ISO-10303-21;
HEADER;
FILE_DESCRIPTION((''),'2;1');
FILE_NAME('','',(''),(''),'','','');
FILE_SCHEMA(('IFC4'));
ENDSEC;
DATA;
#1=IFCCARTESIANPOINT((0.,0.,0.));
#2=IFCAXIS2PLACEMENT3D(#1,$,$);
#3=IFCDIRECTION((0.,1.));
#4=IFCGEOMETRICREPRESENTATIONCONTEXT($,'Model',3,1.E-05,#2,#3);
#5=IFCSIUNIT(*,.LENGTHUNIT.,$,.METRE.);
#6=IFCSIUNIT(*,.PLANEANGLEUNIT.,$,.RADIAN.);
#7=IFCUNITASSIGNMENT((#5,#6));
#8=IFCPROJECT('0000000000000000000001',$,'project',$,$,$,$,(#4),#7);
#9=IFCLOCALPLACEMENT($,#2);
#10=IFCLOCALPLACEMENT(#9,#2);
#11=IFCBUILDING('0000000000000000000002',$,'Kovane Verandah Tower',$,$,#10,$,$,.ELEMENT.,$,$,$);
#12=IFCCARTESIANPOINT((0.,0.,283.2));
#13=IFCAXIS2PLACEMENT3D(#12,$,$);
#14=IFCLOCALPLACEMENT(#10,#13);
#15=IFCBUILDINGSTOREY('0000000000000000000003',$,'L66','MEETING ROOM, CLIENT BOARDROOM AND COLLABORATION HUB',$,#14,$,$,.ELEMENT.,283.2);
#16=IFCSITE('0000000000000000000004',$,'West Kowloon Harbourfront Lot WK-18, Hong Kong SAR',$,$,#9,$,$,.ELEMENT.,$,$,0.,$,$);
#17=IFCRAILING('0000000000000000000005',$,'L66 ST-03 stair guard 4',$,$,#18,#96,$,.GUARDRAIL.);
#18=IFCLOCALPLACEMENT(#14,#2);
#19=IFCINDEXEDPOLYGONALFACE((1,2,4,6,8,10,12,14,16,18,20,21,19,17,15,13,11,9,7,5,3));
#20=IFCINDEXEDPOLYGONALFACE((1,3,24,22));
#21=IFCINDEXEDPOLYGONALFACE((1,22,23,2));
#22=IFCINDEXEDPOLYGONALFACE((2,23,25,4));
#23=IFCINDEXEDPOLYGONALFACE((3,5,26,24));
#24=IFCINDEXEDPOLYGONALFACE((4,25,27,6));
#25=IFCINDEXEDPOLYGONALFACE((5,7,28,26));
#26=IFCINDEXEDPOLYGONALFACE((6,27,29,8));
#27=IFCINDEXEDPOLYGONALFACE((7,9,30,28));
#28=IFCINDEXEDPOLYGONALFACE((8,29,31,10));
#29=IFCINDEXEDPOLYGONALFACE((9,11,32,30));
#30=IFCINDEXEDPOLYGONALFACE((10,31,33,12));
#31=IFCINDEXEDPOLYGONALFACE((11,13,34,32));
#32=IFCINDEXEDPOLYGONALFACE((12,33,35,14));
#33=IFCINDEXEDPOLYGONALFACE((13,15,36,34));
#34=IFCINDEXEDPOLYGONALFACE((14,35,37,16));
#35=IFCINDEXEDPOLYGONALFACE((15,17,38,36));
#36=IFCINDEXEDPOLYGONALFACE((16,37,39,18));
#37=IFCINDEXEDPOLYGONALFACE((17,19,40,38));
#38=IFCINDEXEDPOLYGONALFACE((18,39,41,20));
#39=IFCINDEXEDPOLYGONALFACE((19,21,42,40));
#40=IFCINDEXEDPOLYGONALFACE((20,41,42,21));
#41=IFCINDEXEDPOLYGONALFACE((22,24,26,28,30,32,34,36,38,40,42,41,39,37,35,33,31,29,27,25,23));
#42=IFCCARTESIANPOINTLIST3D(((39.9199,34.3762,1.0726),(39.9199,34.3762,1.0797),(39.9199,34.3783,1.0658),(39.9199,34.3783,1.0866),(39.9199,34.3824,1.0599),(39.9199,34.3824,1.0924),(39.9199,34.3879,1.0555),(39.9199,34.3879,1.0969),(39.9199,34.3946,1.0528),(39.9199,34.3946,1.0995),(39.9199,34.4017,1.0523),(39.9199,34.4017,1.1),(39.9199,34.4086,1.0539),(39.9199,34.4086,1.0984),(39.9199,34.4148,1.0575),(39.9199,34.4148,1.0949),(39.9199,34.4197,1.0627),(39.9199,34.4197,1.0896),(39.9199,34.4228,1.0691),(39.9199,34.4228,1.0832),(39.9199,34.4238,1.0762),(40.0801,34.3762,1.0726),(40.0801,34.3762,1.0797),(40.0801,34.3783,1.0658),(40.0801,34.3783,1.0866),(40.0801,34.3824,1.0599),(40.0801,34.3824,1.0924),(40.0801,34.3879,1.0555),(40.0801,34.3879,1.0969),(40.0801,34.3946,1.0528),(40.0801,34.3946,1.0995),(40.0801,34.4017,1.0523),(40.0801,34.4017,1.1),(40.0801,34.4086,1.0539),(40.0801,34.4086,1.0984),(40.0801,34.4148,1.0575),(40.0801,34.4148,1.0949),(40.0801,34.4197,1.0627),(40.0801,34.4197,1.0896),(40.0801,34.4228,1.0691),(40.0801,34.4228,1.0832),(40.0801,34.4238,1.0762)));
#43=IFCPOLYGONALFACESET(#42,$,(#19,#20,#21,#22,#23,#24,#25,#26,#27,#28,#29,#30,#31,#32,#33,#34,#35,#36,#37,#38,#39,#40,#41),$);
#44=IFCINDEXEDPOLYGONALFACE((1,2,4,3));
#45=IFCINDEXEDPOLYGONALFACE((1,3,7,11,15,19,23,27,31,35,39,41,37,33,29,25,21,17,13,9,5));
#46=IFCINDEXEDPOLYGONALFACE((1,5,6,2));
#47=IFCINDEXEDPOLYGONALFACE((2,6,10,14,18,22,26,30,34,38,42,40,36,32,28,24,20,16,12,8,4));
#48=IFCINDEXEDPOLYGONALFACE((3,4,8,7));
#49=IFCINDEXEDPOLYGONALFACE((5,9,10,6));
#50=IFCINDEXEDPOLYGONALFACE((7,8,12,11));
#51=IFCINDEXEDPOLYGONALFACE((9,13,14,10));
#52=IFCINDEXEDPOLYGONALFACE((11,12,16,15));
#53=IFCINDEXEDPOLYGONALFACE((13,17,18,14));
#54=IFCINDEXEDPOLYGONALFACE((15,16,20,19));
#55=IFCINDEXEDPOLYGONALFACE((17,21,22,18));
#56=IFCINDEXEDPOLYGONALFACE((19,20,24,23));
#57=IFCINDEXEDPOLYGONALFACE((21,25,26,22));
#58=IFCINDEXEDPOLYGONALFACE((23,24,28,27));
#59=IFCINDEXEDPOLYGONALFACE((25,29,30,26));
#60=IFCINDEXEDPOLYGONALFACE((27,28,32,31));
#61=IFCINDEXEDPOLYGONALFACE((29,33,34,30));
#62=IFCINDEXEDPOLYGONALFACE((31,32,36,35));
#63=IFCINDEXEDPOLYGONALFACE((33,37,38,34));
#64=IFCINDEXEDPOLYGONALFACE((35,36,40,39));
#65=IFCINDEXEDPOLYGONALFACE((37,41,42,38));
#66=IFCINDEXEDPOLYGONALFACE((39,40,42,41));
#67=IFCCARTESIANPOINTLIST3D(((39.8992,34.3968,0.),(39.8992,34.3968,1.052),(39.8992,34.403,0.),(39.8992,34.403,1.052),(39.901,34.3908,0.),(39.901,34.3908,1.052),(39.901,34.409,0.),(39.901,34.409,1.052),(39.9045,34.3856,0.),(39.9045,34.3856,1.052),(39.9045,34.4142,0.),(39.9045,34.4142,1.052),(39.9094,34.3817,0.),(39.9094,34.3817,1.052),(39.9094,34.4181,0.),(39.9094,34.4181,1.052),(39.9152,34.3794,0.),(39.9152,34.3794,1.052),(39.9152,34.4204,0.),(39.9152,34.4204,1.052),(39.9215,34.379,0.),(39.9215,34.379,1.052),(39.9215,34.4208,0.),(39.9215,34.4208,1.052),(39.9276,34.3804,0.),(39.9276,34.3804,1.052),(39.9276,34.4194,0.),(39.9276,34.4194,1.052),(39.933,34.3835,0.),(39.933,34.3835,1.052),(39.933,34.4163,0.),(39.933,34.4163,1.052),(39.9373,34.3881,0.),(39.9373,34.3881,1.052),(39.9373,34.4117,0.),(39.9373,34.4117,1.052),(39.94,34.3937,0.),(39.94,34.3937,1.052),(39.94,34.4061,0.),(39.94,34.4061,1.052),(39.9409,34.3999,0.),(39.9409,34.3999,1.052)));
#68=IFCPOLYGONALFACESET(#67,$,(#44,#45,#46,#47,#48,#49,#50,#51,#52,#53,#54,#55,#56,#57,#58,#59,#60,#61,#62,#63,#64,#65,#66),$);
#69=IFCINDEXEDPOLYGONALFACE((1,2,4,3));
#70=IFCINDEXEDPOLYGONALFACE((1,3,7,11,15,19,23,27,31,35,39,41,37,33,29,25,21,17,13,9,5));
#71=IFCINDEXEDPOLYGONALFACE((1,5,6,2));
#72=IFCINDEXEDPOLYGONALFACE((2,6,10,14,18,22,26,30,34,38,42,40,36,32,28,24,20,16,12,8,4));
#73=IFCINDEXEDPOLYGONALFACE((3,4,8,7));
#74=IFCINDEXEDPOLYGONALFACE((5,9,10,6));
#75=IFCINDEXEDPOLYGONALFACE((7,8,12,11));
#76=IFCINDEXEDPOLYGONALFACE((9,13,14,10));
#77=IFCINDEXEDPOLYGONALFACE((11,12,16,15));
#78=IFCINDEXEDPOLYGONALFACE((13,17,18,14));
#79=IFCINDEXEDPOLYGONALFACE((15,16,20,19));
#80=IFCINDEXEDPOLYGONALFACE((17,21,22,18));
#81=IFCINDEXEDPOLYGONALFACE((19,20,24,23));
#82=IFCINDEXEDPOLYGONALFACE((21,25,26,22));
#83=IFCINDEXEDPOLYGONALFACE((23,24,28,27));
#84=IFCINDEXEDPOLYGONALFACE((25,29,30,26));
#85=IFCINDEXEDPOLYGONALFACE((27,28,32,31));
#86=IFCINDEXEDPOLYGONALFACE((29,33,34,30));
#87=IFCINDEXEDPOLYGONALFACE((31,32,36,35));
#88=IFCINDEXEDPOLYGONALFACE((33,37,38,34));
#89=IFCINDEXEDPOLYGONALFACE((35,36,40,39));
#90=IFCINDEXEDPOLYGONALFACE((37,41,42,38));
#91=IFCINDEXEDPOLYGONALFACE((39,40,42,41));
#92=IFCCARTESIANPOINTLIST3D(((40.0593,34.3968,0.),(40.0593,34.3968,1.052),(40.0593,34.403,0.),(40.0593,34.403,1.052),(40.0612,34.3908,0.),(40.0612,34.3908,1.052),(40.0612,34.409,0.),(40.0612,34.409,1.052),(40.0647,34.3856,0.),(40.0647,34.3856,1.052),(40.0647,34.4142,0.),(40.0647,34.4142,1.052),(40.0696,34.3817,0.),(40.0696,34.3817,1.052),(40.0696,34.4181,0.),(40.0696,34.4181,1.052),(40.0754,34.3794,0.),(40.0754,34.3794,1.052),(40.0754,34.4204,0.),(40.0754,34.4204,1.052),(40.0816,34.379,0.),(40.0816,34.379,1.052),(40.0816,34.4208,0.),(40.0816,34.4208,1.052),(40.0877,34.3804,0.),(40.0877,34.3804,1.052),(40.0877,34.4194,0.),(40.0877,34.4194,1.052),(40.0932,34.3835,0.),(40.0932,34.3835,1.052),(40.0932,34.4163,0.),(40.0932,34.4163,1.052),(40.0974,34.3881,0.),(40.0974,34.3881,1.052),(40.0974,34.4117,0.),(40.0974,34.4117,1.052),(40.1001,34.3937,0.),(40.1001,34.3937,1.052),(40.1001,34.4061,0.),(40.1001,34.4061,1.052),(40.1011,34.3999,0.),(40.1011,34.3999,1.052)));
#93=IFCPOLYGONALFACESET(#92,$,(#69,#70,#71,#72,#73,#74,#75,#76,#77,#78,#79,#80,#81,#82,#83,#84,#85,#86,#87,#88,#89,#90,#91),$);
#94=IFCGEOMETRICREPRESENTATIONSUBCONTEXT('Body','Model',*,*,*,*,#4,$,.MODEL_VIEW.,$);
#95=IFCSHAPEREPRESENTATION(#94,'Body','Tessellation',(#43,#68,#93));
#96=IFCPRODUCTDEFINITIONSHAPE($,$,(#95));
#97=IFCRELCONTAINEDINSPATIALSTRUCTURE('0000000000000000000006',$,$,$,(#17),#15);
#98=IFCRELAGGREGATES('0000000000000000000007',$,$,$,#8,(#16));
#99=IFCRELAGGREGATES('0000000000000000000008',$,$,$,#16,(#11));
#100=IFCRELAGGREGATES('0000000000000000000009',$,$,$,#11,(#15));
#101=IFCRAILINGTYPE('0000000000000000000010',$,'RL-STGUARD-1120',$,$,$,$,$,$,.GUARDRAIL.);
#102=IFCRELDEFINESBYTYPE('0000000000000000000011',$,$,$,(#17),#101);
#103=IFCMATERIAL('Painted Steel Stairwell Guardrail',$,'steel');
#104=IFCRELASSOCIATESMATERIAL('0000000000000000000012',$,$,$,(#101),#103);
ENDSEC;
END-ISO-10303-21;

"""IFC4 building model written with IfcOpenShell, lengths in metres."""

from ifc_helpers import new_model, si_unit, direction, frame, origin, origin_2d, place, context, subcontext, project, spatial, circle, extrude, material, type_object, element, save


model = new_model("IFC4")

# Units and contexts
model_context = context("Model", 3, precision=1e-05, world=origin(), true_north=direction((0.0, 1.0)))
body_context = subcontext(model_context, "Body", "Model", "MODEL_VIEW")
ifc_project = project(units=[si_unit("LENGTHUNIT", "METRE"), si_unit("PLANEANGLEUNIT", "RADIAN")], contexts=[model_context])

# Site, building, storey
site_placement = place(None, origin())
site = spatial("IfcSite", under=ifc_project, at=site_placement, Name="West Kowloon Harbourfront Lot WK-18, Hong Kong SAR", CompositionType="ELEMENT", RefElevation=0.0)
building_placement = place(site_placement, origin())
building = spatial("IfcBuilding", under=site, at=building_placement, Name="Kovane Verandah Tower", CompositionType="ELEMENT")
storey_placement = place(building_placement, frame((0.0, 0.0, 283.2)))
storey = spatial("IfcBuildingStorey", under=building, at=storey_placement, Name="L66", Description="MEETING ROOM, CLIENT BOARDROOM AND COLLABORATION HUB", CompositionType="ELEMENT", Elevation=283.2)

# Railing
ifc_material_1 = material(Name="Painted Steel Stairwell Guardrail", Category="steel")
railing_type_1 = type_object("IfcRailingType", Name="RL-STGUARD-1120", PredefinedType="GUARDRAIL", material=ifc_material_1)
railing_1_placement = place(storey_placement, frame((39.9199, 34.3999, 0.0)))
element("IfcRailing", 1, at=railing_1_placement, inside=storey, type_object=railing_type_1, Name="L66 ST-03 stair guard 4", PredefinedType="GUARDRAIL", context=body_context, shape_type="SweptSolid", body=[
    extrude(circle(Radius=0.0239, at=origin_2d()), frame((0.0, 0.0, 1.0762), z_axis=(1.0, 0.0, 0.0), x_axis=(0.0, 1.0, 0.0)), (0.0, 0.0, 1.0), 0.1602),
    extrude(circle(Radius=0.021, at=origin_2d()), origin(), (0.0, 0.0, 1.0), 1.052),
    extrude(circle(Radius=0.021, at=origin_2d()), frame((0.1602, 0.0, 0.0)), (0.0, 0.0, 1.0), 1.052),
])

save(model, "model.ifc")
